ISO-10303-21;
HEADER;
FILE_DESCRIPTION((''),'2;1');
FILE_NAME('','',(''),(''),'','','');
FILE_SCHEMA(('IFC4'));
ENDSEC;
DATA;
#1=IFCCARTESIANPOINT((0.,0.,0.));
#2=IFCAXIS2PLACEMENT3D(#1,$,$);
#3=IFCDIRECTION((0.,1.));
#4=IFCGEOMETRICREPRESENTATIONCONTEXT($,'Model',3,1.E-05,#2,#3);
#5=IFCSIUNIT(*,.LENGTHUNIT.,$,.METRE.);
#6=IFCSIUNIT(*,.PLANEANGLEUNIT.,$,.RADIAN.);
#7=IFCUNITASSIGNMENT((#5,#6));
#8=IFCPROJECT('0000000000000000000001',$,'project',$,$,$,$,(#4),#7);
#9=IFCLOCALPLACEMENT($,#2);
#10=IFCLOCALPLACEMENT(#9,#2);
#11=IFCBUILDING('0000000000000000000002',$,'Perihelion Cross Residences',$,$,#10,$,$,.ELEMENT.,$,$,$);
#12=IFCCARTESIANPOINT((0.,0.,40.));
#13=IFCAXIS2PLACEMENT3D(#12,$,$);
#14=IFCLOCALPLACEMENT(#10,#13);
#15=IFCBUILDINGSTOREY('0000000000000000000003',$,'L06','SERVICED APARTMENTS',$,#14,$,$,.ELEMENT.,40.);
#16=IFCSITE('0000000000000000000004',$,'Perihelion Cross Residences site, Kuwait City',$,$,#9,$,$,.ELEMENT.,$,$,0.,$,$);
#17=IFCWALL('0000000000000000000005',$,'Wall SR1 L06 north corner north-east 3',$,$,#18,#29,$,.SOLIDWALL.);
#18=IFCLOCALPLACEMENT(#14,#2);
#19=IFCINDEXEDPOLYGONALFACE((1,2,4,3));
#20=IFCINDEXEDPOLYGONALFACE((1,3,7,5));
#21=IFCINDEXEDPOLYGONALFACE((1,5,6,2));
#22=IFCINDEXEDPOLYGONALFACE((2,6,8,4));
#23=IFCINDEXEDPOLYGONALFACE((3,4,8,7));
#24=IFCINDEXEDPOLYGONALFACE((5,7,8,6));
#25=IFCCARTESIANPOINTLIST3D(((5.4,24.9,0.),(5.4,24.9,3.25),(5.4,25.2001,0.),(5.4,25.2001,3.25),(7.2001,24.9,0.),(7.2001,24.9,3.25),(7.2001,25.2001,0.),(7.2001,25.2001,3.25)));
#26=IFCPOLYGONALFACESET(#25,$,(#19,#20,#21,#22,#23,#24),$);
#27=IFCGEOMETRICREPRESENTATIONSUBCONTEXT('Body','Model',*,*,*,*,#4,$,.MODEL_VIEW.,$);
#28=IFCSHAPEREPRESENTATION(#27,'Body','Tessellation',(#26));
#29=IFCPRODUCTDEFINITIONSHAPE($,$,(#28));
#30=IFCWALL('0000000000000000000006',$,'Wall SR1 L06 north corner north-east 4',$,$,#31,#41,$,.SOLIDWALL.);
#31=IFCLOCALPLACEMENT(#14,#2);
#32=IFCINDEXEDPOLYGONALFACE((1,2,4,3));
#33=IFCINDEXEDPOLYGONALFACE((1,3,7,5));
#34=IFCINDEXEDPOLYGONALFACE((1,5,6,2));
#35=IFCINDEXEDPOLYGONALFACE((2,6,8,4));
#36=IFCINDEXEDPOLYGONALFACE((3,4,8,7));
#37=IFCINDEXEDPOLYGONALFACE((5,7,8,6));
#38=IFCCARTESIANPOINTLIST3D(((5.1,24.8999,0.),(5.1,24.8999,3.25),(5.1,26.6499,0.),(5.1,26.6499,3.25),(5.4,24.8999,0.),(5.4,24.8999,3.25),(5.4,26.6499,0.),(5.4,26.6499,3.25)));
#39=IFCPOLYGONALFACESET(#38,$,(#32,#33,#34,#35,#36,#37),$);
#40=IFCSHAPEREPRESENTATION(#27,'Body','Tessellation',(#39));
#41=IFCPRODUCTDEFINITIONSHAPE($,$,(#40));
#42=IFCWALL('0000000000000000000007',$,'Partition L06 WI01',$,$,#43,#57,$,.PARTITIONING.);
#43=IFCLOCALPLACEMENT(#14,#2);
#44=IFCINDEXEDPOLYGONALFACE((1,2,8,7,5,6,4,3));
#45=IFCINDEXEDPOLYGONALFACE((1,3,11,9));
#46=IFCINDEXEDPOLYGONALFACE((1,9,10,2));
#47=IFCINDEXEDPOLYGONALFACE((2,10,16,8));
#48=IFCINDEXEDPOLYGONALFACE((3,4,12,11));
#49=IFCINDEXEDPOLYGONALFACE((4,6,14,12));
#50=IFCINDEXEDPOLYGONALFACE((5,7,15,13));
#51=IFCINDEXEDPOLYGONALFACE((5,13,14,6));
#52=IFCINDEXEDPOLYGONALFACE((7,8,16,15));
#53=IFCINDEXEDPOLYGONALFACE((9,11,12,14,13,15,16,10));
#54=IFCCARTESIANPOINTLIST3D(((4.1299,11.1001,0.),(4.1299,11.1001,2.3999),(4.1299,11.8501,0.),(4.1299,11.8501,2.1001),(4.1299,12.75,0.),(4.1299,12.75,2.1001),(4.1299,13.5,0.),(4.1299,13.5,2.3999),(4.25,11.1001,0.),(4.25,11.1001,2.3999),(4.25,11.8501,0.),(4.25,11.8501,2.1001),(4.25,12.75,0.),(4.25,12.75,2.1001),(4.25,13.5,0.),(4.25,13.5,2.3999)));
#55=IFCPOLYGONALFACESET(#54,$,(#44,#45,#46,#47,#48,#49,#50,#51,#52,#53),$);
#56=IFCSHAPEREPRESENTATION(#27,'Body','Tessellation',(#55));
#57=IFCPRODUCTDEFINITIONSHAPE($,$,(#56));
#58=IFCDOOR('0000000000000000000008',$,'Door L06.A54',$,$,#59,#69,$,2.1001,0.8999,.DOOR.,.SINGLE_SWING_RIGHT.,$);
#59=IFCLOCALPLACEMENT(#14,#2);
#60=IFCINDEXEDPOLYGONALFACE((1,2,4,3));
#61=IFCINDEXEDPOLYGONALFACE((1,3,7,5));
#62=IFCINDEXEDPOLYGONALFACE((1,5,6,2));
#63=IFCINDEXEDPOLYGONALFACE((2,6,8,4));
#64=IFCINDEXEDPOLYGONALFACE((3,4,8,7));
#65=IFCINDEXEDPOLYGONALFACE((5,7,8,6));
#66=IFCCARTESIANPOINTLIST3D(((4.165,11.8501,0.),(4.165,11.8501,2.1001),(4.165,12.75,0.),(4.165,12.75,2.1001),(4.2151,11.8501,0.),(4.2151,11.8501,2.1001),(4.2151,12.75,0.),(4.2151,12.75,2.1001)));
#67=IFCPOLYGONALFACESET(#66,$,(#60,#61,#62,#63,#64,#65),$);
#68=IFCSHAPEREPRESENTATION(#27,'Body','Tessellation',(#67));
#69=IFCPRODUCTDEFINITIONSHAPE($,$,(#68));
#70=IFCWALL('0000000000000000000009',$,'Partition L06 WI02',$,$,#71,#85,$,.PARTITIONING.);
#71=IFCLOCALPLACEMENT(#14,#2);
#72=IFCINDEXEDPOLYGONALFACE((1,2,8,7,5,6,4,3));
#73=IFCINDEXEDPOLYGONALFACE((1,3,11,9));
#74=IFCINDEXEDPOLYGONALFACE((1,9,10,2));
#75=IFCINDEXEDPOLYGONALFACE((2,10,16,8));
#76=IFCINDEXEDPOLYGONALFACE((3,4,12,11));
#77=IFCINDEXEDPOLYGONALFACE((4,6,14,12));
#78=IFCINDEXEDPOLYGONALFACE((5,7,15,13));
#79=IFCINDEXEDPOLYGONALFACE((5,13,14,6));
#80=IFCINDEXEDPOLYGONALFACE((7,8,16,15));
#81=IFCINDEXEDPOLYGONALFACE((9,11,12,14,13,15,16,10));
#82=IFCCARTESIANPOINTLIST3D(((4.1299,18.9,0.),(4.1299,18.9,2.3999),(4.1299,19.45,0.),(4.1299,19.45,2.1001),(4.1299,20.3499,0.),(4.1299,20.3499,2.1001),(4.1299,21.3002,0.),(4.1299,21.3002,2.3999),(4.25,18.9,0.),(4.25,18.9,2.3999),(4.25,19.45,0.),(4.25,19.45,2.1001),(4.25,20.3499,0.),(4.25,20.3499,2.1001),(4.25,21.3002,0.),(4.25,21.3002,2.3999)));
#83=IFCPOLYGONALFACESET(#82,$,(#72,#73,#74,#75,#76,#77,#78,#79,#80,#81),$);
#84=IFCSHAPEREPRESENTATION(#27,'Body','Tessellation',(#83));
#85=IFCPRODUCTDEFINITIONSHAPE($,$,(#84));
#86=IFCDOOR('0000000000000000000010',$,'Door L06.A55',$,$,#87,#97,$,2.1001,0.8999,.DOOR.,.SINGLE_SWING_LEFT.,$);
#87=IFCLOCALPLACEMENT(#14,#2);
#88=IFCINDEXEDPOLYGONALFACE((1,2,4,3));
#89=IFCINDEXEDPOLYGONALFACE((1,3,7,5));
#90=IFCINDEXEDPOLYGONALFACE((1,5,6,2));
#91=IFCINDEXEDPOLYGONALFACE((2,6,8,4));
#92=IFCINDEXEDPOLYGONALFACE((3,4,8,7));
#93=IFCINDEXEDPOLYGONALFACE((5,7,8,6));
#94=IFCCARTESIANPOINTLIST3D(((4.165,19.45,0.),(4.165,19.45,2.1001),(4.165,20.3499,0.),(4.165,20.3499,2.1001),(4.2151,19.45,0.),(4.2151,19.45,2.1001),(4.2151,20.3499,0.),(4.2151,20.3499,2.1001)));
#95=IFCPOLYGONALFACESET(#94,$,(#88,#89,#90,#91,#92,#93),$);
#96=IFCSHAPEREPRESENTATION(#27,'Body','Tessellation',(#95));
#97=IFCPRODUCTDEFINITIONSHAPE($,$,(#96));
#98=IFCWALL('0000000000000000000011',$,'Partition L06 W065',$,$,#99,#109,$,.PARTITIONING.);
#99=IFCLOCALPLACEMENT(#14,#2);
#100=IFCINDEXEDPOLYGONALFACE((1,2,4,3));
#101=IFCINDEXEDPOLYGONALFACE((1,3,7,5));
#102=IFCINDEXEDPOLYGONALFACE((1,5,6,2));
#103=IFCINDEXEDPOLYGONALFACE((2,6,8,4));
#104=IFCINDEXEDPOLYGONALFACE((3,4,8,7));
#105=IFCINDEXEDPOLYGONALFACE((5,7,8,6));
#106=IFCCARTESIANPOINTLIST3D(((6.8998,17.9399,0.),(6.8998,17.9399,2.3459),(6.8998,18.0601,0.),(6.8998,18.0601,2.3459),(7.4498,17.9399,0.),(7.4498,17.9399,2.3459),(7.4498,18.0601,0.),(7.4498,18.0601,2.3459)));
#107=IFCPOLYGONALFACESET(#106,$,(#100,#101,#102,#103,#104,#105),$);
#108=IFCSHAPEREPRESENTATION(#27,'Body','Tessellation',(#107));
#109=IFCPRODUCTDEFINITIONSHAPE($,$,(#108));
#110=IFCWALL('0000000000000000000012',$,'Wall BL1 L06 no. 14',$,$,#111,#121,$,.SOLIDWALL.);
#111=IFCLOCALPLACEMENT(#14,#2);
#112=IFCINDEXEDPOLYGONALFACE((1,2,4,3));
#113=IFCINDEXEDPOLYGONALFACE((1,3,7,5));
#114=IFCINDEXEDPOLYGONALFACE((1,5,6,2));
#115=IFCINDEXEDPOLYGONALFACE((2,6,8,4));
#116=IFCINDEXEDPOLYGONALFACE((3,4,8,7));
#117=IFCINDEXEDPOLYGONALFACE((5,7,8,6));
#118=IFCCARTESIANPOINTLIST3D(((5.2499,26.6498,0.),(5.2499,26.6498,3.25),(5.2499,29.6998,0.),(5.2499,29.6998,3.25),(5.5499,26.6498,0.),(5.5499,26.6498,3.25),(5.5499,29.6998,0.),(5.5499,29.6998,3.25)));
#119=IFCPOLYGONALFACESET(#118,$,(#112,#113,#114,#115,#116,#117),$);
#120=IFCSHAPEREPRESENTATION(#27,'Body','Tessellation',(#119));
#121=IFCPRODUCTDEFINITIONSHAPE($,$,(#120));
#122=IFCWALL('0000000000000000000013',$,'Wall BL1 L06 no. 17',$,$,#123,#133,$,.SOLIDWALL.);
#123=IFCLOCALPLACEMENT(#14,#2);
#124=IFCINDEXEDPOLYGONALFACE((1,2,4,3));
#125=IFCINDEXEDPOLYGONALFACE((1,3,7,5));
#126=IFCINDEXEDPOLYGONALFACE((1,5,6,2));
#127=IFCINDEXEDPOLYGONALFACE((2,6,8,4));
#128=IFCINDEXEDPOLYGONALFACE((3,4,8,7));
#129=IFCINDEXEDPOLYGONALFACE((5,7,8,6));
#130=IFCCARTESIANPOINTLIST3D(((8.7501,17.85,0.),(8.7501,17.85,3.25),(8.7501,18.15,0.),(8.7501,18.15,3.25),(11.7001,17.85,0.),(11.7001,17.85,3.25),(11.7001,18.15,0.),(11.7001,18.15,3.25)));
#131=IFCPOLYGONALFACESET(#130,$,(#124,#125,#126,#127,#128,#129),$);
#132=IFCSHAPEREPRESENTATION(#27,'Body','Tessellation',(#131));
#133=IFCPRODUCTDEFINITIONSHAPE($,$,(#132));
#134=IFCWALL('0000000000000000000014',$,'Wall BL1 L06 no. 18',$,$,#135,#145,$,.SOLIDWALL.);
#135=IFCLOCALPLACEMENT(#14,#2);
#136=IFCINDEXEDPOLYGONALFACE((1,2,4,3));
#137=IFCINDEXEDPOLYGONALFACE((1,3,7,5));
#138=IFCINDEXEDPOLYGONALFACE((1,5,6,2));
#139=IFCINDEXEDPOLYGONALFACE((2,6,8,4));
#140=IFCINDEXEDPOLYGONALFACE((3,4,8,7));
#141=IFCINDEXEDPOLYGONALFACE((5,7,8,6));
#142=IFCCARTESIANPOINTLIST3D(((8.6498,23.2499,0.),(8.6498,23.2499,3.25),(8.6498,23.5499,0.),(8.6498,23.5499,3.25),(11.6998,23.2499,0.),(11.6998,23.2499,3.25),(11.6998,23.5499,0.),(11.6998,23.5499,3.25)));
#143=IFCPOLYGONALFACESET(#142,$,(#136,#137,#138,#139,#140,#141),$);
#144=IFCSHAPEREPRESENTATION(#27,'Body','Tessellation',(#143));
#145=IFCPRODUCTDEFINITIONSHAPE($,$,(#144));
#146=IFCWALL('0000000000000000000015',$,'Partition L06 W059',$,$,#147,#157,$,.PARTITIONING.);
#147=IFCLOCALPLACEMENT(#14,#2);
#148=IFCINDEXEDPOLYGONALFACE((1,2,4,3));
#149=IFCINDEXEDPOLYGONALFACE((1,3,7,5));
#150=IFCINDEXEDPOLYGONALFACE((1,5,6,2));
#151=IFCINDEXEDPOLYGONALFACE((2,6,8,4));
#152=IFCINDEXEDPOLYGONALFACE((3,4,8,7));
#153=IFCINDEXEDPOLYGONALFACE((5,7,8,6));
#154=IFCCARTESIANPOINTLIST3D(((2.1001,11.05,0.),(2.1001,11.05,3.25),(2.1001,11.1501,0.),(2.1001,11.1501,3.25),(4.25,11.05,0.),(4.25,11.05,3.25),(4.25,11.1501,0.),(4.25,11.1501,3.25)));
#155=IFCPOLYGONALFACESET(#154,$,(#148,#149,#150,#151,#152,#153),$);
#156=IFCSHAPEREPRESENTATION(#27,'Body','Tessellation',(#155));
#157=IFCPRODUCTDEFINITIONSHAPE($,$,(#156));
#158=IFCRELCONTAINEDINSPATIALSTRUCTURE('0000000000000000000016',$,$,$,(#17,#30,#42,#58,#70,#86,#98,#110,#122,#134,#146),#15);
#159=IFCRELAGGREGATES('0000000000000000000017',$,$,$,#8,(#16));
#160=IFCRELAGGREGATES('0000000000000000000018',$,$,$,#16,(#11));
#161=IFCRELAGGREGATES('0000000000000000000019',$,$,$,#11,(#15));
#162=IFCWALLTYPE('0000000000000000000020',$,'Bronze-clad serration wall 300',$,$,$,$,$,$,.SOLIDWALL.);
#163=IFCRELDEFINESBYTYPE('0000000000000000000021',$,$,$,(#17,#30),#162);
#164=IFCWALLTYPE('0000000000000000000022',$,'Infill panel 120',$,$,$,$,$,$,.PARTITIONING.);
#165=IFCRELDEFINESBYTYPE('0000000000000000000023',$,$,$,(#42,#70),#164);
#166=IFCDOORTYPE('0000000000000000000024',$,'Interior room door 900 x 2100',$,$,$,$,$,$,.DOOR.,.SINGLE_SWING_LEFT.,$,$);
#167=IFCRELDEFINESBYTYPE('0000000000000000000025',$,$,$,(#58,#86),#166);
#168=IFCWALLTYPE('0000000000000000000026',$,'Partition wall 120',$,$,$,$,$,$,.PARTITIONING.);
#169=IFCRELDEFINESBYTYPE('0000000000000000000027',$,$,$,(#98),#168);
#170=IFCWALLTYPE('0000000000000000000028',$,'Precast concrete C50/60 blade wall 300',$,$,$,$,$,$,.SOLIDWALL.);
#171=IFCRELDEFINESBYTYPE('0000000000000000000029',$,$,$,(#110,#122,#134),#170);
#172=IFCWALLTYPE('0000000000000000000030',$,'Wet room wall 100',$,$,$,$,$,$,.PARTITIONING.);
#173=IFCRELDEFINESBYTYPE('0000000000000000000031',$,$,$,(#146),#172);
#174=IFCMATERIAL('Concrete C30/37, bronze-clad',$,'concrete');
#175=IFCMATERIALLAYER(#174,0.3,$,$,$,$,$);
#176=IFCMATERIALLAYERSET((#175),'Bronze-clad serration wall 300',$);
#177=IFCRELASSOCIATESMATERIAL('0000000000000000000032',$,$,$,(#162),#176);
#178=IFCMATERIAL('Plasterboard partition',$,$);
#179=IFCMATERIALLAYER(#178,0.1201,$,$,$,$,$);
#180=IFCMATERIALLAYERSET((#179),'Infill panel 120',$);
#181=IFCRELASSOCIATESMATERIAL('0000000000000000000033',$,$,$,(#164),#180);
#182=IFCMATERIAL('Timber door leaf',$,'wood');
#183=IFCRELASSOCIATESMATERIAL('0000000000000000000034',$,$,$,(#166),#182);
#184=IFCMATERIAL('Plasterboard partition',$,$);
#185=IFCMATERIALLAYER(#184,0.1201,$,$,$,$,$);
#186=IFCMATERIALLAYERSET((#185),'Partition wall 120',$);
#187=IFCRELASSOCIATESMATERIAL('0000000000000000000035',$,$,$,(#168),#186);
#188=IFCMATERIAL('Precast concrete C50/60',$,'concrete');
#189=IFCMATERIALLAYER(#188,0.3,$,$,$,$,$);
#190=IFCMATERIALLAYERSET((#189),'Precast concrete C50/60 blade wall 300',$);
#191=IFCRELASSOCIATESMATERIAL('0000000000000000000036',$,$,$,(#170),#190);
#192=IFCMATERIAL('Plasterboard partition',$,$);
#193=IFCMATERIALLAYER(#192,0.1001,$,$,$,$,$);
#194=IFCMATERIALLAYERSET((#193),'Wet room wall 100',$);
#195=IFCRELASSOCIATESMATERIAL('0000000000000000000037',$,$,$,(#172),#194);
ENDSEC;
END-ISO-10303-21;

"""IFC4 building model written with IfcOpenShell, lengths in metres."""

from ifc_helpers import new_model, si_unit, direction, frame, frame_2d, origin, place, context, subcontext, project, spatial, rectangle, extrude, material, layer, layer_set, type_object, element, fill, save


model = new_model("IFC4")

# Units and contexts
model_context = context("Model", 3, precision=1e-05, world=origin(), true_north=direction((0.0, 1.0)))
body_context = subcontext(model_context, "Body", "Model", "MODEL_VIEW")
ifc_project = project(units=[si_unit("LENGTHUNIT", "METRE"), si_unit("PLANEANGLEUNIT", "RADIAN")], contexts=[model_context])

# Site, building, storey
site_placement = place(None, origin())
site = spatial("IfcSite", under=ifc_project, at=site_placement, Name="Perihelion Cross Residences site, Kuwait City", CompositionType="ELEMENT", RefElevation=0.0)
building_placement = place(site_placement, origin())
building = spatial("IfcBuilding", under=site, at=building_placement, Name="Perihelion Cross Residences", CompositionType="ELEMENT")
storey_placement = place(building_placement, frame((0.0, 0.0, 40.0)))
storey = spatial("IfcBuildingStorey", under=building, at=storey_placement, Name="L06", Description="SERVICED APARTMENTS", CompositionType="ELEMENT", Elevation=40.0)

# Walls
ifc_material_1 = material(Name="Concrete C30/37, bronze-clad", Category="concrete")
ifc_layer_1 = layer(ifc_material_1, 0.3)
ifc_layer_set_1 = layer_set([ifc_layer_1], Name="Bronze-clad serration wall 300")
wall_type_1 = type_object("IfcWallType", Name="Bronze-clad serration wall 300", PredefinedType="SOLIDWALL", material=ifc_layer_set_1)
wall_1_placement = place(storey_placement, frame((7.2, 25.05, 0.0), z_axis=(0.0, 0.0, 1.0), x_axis=(-1.0, 0.0, 0.0)))
element("IfcWall", 1, at=wall_1_placement, inside=storey, type_object=wall_type_1, Name="Wall SR1 L06 north corner north-east 3", PredefinedType="SOLIDWALL", context=body_context, shape_type="SweptSolid", body=[
    extrude(rectangle(XDim=1.8, YDim=0.3, at=frame_2d((0.8999, 0.0))), origin(), (0.0, 0.0, 1.0), 3.25),
])
wall_2_placement = place(storey_placement, frame((5.25, 24.8999, 0.0), z_axis=(0.0, 0.0, 1.0), x_axis=(0.0, 1.0, 0.0)))
element("IfcWall", 2, at=wall_2_placement, inside=storey, type_object=wall_type_1, Name="Wall SR1 L06 north corner north-east 4", PredefinedType="SOLIDWALL", context=body_context, shape_type="SweptSolid", body=[
    extrude(rectangle(XDim=1.75, YDim=0.3, at=frame_2d((0.875, 0.0))), origin(), (0.0, 0.0, 1.0), 3.25),
])

# Walls, openings, doors
ifc_material_2 = material(Name="Plasterboard partition")
ifc_layer_2 = layer(ifc_material_2, 0.1201)
ifc_layer_set_2 = layer_set([ifc_layer_2], Name="Infill panel 120")
wall_type_2 = type_object("IfcWallType", Name="Infill panel 120", PredefinedType="PARTITIONING", material=ifc_layer_set_2)
wall_3_placement = place(storey_placement, frame((4.1899, 11.1001, 0.0), z_axis=(0.0, 0.0, 1.0), x_axis=(0.0, 1.0, 0.0)))
wall_3 = element("IfcWall", 3, at=wall_3_placement, inside=storey, type_object=wall_type_2, Name="Partition L06 WI01", PredefinedType="PARTITIONING", context=body_context, shape_type="SweptSolid", body=[
    extrude(rectangle(XDim=2.3999, YDim=0.1201, at=frame_2d((1.2, 0.0))), origin(), (0.0, 0.0, 1.0), 2.3999),
])
opening_1_placement = place(wall_3_placement, frame((0.75, 0.0, 0.0)))
opening_1 = element("IfcOpeningElement", 4, at=opening_1_placement, cuts=wall_3, PredefinedType="OPENING", context=body_context, shape_type="SweptSolid", body=[
    extrude(rectangle(XDim=0.8999, YDim=2.1001, at=frame_2d((0.45, 1.05))), frame((0.0, 0.0701, 0.0), z_axis=(0.0, -1.0, 0.0), x_axis=(1.0, 0.0, 0.0)), (0.0, 0.0, 1.0), 0.1401),
])
ifc_material_3 = material(Name="Timber door leaf", Category="wood")
door_type_1 = type_object("IfcDoorType", Name="Interior room door 900 x 2100", OperationType="SINGLE_SWING_LEFT", PredefinedType="DOOR", material=ifc_material_3)
door_1_placement = place(opening_1_placement, origin())
door_1 = element("IfcDoor", 5, at=door_1_placement, inside=storey, type_object=door_type_1, Name="Door L06.A54", OperationType="SINGLE_SWING_RIGHT", OverallHeight=2.1001, OverallWidth=0.8999, PredefinedType="DOOR", context=body_context, shape_type="SweptSolid", body=[
    extrude(rectangle(XDim=0.8999, YDim=2.1001, at=frame_2d((0.45, 1.05))), frame((0.0, 0.0249, 0.0), z_axis=(0.0, -1.0, 0.0), x_axis=(1.0, 0.0, 0.0)), (0.0, 0.0, 1.0), 0.05),
])
fill(opening_1, door_1)
wall_4_placement = place(storey_placement, frame((4.1899, 18.8999, 0.0), z_axis=(0.0, 0.0, 1.0), x_axis=(0.0, 1.0, 0.0)))
wall_4 = element("IfcWall", 6, at=wall_4_placement, inside=storey, type_object=wall_type_2, Name="Partition L06 WI02", PredefinedType="PARTITIONING", context=body_context, shape_type="SweptSolid", body=[
    extrude(rectangle(XDim=2.4001, YDim=0.1201, at=frame_2d((1.2002, 0.0))), origin(), (0.0, 0.0, 1.0), 2.3999),
])
opening_2_placement = place(wall_4_placement, frame((0.55, 0.0, 0.0)))
opening_2 = element("IfcOpeningElement", 7, at=opening_2_placement, cuts=wall_4, PredefinedType="OPENING", context=body_context, shape_type="SweptSolid", body=[
    extrude(rectangle(XDim=0.8999, YDim=2.1001, at=frame_2d((0.45, 1.05))), frame((0.0, 0.0701, 0.0), z_axis=(0.0, -1.0, 0.0), x_axis=(1.0, 0.0, 0.0)), (0.0, 0.0, 1.0), 0.1401),
])
door_2_placement = place(opening_2_placement, origin())
door_2 = element("IfcDoor", 8, at=door_2_placement, inside=storey, type_object=door_type_1, Name="Door L06.A55", OperationType="SINGLE_SWING_LEFT", OverallHeight=2.1001, OverallWidth=0.8999, PredefinedType="DOOR", context=body_context, shape_type="SweptSolid", body=[
    extrude(rectangle(XDim=0.8999, YDim=2.1001, at=frame_2d((0.45, 1.05))), frame((0.0, 0.0249, 0.0), z_axis=(0.0, -1.0, 0.0), x_axis=(1.0, 0.0, 0.0)), (0.0, 0.0, 1.0), 0.05),
])
fill(opening_2, door_2)

# Walls
ifc_material_4 = material(Name="Plasterboard partition")
ifc_layer_3 = layer(ifc_material_4, 0.1201)
ifc_layer_set_3 = layer_set([ifc_layer_3], Name="Partition wall 120")
wall_type_3 = type_object("IfcWallType", Name="Partition wall 120", PredefinedType="PARTITIONING", material=ifc_layer_set_3)
wall_5_placement = place(storey_placement, frame((6.8999, 18.0, 0.0), z_axis=(0.0, 0.0, 1.0), x_axis=(1.0, 0.0, 0.0)))
element("IfcWall", 9, at=wall_5_placement, inside=storey, type_object=wall_type_3, Name="Partition L06 W065", PredefinedType="PARTITIONING", context=body_context, shape_type="SweptSolid", body=[
    extrude(rectangle(XDim=0.55, YDim=0.1201, at=frame_2d((0.2749, 0.0))), origin(), (0.0, 0.0, 1.0), 2.3459),
])
ifc_material_5 = material(Name="Precast concrete C50/60", Category="concrete")
ifc_layer_4 = layer(ifc_material_5, 0.3)
ifc_layer_set_4 = layer_set([ifc_layer_4], Name="Precast concrete C50/60 blade wall 300")
wall_type_4 = type_object("IfcWallType", Name="Precast concrete C50/60 blade wall 300", PredefinedType="SOLIDWALL", material=ifc_layer_set_4)
wall_6_placement = place(storey_placement, frame((5.3999, 26.6499, 0.0), z_axis=(0.0, 0.0, 1.0), x_axis=(0.0, 1.0, 0.0)))
element("IfcWall", 10, at=wall_6_placement, inside=storey, type_object=wall_type_4, Name="Wall BL1 L06 no. 14", PredefinedType="SOLIDWALL", context=body_context, shape_type="SweptSolid", body=[
    extrude(rectangle(XDim=3.05, YDim=0.3, at=frame_2d((1.5249, 0.0))), origin(), (0.0, 0.0, 1.0), 3.25),
])
wall_7_placement = place(storey_placement, frame((8.75, 18.0, 0.0), z_axis=(0.0, 0.0, 1.0), x_axis=(1.0, 0.0, 0.0)))
element("IfcWall", 11, at=wall_7_placement, inside=storey, type_object=wall_type_4, Name="Wall BL1 L06 no. 17", PredefinedType="SOLIDWALL", context=body_context, shape_type="SweptSolid", body=[
    extrude(rectangle(XDim=2.95, YDim=0.3, at=frame_2d((1.4751, 0.0))), origin(), (0.0, 0.0, 1.0), 3.25),
])
wall_8_placement = place(storey_placement, frame((8.6499, 23.3999, 0.0), z_axis=(0.0, 0.0, 1.0), x_axis=(1.0, 0.0, 0.0)))
element("IfcWall", 12, at=wall_8_placement, inside=storey, type_object=wall_type_4, Name="Wall BL1 L06 no. 18", PredefinedType="SOLIDWALL", context=body_context, shape_type="SweptSolid", body=[
    extrude(rectangle(XDim=3.05, YDim=0.3, at=frame_2d((1.5249, 0.0))), origin(), (0.0, 0.0, 1.0), 3.25),
])
ifc_material_6 = material(Name="Plasterboard partition")
ifc_layer_5 = layer(ifc_material_6, 0.1001)
ifc_layer_set_5 = layer_set([ifc_layer_5], Name="Wet room wall 100")
wall_type_5 = type_object("IfcWallType", Name="Wet room wall 100", PredefinedType="PARTITIONING", material=ifc_layer_set_5)
wall_9_placement = place(storey_placement, frame((2.1001, 11.1001, 0.0), z_axis=(0.0, 0.0, 1.0), x_axis=(1.0, 0.0, 0.0)))
element("IfcWall", 13, at=wall_9_placement, inside=storey, type_object=wall_type_5, Name="Partition L06 W059", PredefinedType="PARTITIONING", context=body_context, shape_type="SweptSolid", body=[
    extrude(rectangle(XDim=2.1499, YDim=0.1001, at=frame_2d((1.075, 0.0))), origin(), (0.0, 0.0, 1.0), 3.25),
])

save(model, "model.ifc")
